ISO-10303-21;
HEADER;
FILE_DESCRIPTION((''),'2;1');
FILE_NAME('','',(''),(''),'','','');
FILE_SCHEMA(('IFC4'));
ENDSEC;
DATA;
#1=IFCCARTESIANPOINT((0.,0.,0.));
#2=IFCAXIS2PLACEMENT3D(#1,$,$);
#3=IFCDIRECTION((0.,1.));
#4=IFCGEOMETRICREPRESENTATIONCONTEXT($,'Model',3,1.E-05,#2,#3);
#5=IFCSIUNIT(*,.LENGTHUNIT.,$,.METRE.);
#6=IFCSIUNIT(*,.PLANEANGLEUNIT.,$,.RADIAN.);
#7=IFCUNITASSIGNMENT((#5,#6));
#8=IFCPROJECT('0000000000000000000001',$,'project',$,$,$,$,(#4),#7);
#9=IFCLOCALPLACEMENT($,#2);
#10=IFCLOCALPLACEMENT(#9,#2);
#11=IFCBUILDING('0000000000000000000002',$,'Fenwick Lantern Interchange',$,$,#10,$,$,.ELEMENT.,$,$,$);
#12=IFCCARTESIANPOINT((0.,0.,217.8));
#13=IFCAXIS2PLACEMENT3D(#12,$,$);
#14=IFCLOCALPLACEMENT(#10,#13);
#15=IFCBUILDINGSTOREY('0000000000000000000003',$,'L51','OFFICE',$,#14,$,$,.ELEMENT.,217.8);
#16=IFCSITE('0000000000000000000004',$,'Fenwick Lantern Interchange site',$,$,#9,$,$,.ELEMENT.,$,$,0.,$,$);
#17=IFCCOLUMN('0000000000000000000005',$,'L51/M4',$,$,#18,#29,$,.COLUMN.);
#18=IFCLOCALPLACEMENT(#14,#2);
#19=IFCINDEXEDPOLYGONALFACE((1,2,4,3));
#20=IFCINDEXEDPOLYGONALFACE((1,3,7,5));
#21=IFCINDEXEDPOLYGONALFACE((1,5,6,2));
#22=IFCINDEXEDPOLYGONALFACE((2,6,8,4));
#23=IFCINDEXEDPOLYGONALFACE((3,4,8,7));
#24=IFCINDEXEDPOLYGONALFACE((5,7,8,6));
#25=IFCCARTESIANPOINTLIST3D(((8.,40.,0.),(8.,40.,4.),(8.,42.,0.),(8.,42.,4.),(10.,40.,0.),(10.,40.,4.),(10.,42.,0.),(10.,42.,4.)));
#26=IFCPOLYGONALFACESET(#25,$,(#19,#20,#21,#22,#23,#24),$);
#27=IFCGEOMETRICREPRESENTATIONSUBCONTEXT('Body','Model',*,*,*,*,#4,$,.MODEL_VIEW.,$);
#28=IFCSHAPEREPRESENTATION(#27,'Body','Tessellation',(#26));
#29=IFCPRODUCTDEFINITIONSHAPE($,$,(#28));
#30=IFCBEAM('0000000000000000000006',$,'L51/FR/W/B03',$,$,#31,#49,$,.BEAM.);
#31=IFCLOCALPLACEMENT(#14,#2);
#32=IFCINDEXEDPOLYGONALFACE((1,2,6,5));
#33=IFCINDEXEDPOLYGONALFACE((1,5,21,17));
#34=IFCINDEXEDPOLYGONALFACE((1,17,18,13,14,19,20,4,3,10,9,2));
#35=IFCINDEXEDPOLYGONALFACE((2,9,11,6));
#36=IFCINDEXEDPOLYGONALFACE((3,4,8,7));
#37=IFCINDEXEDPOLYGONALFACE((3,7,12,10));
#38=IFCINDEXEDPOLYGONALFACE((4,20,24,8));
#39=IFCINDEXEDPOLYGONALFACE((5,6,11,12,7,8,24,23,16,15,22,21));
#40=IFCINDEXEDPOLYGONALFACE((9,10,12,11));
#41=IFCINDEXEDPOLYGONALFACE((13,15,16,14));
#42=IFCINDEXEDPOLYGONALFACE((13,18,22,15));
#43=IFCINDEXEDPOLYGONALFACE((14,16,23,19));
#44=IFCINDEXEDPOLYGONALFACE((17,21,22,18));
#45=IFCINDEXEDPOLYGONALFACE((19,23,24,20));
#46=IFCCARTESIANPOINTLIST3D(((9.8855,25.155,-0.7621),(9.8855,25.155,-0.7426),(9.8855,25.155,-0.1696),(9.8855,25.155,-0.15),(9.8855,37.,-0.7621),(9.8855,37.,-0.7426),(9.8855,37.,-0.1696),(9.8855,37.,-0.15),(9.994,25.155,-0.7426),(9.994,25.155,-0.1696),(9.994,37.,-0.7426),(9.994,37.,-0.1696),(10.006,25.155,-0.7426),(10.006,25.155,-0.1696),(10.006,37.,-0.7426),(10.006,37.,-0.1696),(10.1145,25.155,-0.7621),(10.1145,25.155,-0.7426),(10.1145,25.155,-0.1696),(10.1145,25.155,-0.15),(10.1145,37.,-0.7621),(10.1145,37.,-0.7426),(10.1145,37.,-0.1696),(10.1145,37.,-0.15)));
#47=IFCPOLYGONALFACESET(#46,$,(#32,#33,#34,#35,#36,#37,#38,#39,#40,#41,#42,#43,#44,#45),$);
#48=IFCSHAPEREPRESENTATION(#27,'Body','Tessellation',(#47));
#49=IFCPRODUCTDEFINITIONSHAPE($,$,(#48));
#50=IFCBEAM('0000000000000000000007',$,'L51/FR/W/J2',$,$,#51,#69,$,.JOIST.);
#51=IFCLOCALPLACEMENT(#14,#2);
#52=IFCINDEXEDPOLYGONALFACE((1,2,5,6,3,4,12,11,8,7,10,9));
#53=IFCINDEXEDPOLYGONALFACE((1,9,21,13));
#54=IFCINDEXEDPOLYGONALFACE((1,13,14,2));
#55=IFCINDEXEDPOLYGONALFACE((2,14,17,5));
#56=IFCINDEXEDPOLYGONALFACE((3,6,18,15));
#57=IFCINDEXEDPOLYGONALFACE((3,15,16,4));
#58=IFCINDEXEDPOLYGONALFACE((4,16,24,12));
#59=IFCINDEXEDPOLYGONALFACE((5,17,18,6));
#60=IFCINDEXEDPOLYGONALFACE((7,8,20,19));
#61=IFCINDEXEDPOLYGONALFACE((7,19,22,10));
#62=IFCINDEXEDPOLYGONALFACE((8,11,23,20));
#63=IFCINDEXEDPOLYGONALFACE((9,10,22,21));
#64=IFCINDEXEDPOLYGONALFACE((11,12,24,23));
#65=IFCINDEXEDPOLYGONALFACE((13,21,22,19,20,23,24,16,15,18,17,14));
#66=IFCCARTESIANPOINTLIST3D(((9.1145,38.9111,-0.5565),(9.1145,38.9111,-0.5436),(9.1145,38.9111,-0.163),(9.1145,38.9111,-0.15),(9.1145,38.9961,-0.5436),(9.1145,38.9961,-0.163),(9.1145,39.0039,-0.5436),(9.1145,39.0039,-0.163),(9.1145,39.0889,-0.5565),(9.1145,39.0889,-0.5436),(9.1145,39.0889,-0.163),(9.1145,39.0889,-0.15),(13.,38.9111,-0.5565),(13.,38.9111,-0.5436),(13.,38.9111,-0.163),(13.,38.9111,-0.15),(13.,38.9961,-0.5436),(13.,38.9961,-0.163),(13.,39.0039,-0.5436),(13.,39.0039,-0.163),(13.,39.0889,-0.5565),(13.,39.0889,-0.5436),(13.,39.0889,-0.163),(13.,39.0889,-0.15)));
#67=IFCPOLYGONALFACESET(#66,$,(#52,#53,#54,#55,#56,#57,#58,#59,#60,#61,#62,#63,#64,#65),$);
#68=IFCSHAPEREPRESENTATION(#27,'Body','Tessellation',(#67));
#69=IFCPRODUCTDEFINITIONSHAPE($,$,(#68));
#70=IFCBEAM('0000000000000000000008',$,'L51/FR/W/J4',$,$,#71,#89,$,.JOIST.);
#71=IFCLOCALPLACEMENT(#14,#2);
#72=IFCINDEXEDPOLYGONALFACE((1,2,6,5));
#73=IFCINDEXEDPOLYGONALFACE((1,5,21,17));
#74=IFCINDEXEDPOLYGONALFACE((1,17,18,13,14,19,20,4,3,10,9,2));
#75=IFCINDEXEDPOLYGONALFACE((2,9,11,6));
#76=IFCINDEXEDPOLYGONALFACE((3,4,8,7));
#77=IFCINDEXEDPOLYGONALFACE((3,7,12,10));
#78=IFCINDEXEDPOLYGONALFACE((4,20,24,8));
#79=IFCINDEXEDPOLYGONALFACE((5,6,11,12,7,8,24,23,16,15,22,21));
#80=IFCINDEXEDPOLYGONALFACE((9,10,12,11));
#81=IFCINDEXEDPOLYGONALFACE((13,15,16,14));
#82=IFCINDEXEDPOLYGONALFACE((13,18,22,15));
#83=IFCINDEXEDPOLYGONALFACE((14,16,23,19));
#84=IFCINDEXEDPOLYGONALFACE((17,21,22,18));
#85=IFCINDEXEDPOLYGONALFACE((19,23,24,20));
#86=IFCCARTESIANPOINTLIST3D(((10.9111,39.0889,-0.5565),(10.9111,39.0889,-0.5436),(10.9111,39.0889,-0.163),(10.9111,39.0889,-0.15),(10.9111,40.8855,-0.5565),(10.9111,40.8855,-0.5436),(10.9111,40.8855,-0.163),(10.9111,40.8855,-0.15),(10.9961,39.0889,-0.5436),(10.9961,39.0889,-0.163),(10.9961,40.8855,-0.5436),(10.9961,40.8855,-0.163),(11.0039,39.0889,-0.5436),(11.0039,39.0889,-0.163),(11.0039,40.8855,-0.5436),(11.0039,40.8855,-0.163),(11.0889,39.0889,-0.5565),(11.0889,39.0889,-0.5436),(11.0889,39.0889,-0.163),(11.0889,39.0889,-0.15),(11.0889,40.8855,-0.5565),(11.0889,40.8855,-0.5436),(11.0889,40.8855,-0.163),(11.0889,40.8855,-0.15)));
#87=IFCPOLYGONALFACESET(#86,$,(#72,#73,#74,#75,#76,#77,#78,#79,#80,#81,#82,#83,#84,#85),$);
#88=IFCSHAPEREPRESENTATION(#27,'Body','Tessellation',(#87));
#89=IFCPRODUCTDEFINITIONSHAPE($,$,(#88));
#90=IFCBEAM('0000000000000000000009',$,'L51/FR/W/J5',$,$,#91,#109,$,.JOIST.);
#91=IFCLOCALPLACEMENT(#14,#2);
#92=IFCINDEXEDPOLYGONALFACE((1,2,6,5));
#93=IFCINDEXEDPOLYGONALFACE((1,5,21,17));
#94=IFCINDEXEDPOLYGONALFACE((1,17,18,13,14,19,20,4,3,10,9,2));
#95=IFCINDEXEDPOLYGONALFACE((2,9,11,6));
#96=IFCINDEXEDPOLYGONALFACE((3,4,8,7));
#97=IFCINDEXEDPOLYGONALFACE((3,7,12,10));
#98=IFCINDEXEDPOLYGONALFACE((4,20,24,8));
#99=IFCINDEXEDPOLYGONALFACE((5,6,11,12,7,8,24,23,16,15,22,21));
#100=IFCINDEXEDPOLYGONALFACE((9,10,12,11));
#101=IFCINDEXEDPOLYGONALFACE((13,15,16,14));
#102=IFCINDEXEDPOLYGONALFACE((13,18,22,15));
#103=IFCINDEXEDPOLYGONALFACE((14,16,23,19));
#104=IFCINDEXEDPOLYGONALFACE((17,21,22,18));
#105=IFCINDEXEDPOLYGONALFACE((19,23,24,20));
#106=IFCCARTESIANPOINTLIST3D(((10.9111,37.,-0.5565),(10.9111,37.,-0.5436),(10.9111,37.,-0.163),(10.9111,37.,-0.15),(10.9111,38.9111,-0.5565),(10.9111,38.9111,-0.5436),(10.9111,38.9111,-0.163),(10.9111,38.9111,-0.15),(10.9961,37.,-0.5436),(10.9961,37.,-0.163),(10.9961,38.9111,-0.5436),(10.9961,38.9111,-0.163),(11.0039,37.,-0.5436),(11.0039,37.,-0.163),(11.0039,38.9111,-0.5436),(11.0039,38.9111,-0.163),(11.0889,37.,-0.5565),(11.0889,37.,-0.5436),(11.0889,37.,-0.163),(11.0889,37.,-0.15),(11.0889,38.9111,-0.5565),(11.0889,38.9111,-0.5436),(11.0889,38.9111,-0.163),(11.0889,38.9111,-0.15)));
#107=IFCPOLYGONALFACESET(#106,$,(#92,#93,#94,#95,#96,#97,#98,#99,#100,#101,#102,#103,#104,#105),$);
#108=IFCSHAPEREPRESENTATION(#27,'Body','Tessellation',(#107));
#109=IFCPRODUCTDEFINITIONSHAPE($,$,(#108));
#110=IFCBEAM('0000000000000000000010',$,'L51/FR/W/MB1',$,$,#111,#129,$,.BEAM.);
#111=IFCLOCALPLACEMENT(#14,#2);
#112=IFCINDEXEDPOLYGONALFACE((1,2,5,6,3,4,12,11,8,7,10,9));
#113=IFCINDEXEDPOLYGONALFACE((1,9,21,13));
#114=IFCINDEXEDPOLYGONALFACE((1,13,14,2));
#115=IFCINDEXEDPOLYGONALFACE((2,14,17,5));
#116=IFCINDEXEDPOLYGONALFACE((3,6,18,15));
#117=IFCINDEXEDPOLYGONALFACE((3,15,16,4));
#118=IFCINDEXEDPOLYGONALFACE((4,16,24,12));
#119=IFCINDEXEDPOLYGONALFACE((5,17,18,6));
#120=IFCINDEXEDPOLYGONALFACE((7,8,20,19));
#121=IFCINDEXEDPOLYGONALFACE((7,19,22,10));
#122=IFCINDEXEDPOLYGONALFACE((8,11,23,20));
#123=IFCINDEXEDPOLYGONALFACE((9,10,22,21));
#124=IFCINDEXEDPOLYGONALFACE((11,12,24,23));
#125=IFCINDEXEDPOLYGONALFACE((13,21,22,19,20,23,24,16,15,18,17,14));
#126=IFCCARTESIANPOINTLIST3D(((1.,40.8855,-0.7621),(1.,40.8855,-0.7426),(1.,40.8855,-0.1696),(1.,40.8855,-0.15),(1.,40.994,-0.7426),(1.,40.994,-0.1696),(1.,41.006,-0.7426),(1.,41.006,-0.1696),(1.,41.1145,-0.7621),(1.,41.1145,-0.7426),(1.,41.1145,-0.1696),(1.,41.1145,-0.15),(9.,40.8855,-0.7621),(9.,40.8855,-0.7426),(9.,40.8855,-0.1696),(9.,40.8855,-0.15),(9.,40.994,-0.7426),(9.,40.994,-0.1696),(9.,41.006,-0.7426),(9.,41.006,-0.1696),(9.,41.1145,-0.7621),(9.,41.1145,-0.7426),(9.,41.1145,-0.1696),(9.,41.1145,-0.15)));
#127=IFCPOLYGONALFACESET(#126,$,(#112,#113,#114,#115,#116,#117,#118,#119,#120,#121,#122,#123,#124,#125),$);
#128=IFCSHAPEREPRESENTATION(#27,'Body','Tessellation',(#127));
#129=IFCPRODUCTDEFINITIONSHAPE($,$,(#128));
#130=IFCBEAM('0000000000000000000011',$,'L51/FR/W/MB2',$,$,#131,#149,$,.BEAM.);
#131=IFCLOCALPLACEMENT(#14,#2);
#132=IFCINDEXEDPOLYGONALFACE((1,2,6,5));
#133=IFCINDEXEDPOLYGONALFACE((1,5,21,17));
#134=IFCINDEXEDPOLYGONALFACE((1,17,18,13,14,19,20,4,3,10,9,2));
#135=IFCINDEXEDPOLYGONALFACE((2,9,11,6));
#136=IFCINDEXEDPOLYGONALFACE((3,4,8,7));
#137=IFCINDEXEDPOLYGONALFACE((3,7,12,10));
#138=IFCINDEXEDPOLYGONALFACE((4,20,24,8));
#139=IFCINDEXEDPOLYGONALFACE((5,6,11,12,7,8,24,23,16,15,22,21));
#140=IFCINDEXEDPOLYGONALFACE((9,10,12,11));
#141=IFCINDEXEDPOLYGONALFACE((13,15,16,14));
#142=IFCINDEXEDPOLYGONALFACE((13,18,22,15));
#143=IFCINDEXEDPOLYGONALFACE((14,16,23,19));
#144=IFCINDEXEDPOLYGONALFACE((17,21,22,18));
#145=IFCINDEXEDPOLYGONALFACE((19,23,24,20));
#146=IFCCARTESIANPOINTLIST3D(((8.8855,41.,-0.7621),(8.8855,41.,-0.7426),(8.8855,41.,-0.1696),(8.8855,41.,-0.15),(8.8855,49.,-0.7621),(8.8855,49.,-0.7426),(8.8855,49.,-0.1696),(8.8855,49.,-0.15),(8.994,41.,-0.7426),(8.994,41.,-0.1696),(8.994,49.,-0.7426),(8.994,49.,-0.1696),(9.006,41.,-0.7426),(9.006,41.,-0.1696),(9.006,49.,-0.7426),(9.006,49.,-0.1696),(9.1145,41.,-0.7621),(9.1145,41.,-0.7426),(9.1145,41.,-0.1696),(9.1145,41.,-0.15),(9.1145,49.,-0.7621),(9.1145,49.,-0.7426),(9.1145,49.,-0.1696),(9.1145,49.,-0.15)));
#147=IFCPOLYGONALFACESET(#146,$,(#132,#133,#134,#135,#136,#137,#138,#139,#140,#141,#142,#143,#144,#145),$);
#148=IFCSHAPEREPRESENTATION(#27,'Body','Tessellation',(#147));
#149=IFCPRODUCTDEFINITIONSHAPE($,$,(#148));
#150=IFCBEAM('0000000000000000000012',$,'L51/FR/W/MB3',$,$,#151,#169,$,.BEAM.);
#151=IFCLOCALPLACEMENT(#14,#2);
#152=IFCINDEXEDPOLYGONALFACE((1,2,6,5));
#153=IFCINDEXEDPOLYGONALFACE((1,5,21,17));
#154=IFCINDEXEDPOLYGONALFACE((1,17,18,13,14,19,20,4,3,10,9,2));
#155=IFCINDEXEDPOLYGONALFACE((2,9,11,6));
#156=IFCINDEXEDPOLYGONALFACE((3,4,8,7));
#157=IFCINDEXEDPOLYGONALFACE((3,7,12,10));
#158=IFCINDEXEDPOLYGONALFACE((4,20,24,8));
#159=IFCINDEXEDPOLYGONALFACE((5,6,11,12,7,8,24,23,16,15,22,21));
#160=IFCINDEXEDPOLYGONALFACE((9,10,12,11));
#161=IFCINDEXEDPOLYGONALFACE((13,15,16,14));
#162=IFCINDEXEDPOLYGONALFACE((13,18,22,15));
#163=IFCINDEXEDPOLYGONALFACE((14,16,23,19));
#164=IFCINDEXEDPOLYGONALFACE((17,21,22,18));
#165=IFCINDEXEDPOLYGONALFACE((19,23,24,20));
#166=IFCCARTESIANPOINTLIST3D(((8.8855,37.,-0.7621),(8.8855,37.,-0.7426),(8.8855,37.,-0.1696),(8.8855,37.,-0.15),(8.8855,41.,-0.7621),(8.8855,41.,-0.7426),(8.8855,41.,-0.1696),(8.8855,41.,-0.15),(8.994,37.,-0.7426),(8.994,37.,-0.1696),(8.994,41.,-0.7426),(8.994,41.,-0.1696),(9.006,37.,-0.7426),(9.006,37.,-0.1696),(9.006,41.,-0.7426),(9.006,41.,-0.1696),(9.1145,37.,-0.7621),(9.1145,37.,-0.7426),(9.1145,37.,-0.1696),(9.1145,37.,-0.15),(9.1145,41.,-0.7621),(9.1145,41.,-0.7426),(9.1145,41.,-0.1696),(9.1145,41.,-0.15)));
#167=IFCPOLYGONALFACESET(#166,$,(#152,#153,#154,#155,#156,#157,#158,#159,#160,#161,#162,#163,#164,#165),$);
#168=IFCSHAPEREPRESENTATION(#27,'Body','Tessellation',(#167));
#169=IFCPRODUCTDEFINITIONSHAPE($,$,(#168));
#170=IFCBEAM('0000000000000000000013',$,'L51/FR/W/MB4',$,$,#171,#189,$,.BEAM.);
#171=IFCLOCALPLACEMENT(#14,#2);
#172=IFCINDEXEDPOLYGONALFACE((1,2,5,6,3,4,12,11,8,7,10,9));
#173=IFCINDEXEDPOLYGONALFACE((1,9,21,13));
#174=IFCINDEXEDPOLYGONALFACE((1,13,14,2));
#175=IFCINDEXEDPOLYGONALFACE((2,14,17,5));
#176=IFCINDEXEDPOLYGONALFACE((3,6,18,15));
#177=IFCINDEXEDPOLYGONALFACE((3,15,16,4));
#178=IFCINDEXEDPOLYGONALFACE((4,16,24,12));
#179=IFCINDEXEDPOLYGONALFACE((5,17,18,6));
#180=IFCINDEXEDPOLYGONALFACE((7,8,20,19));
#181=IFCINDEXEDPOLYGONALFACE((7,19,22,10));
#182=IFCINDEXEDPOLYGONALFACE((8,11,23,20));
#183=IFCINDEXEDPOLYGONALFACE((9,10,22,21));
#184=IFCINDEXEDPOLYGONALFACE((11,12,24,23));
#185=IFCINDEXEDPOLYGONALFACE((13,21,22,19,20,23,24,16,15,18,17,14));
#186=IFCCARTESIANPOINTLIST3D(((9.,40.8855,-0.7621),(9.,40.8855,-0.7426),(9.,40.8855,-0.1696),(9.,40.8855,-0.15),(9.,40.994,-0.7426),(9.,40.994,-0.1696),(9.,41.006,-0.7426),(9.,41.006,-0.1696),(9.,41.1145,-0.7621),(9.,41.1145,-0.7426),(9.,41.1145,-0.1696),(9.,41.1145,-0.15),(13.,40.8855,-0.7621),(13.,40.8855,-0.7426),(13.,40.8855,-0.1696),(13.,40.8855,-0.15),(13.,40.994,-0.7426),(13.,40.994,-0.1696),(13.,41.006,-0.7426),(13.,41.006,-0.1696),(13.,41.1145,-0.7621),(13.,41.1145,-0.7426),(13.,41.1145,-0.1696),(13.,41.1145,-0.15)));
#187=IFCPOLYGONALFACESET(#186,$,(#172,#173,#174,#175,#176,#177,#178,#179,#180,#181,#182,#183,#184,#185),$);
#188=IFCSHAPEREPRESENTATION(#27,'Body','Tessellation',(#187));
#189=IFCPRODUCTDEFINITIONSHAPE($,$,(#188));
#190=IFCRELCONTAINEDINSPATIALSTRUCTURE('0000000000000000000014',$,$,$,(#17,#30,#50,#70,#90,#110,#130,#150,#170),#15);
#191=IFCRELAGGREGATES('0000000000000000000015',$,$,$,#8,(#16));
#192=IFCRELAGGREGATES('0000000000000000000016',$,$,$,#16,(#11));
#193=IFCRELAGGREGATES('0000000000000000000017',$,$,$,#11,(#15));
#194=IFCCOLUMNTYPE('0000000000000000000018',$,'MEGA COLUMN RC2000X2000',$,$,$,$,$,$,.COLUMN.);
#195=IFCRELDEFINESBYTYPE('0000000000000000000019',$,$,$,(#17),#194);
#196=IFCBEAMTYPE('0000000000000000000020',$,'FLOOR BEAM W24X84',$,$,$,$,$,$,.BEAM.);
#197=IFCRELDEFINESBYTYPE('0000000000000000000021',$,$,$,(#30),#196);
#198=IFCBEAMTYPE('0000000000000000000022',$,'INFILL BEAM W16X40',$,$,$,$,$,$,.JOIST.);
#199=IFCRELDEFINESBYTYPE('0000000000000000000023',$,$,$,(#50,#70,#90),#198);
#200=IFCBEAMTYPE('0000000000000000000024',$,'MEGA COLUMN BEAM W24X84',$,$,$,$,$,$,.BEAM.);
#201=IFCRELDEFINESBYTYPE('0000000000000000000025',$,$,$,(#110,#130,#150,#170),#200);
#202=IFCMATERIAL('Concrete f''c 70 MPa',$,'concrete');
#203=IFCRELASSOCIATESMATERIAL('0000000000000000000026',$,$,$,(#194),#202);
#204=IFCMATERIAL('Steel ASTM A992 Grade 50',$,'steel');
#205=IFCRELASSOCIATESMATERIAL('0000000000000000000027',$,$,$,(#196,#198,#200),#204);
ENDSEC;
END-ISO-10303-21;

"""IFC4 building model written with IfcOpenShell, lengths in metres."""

from ifc_helpers import new_model, si_unit, direction, frame, origin, origin_2d, place, context, subcontext, project, spatial, rectangle, i_section, extrude, material, material_profile, profile_set, type_object, element, save


model = new_model("IFC4")

# Units and contexts
model_context = context("Model", 3, precision=1e-05, world=origin(), true_north=direction((0.0, 1.0)))
body_context = subcontext(model_context, "Body", "Model", "MODEL_VIEW")
ifc_project = project(units=[si_unit("LENGTHUNIT", "METRE"), si_unit("PLANEANGLEUNIT", "RADIAN")], contexts=[model_context])

# Site, building, storey
site_placement = place(None, origin())
site = spatial("IfcSite", under=ifc_project, at=site_placement, Name="Fenwick Lantern Interchange site", CompositionType="ELEMENT", RefElevation=0.0)
building_placement = place(site_placement, origin())
building = spatial("IfcBuilding", under=site, at=building_placement, Name="Fenwick Lantern Interchange", CompositionType="ELEMENT")
storey_placement = place(building_placement, frame((0.0, 0.0, 217.8)))
storey = spatial("IfcBuildingStorey", under=building, at=storey_placement, Name="L51", Description="OFFICE", CompositionType="ELEMENT", Elevation=217.8)

# Column
ifc_material_1 = material(Name="Concrete f'c 70 MPa", Category="concrete")
ifc_material_profile_1 = material_profile(ifc_material_1, rectangle(XDim=2.0, YDim=2.0, at=origin_2d()), Name="RC2000X2000")
ifc_profile_set_1 = profile_set([ifc_material_profile_1], Name="Concrete f'c 70 MPa")
column_type = type_object("IfcColumnType", Name="MEGA COLUMN RC2000X2000", PredefinedType="COLUMN", material=ifc_profile_set_1)
column_placement = place(storey_placement, frame((9.0, 41.0, 0.0), z_axis=(0.0, 0.0, 1.0), x_axis=(1.0, 0.0, 0.0)))
element("IfcColumn", 1, at=column_placement, inside=storey, type_object=column_type, Name="L51/M4", PredefinedType="COLUMN", context=body_context, shape_type="SweptSolid", body=[
    extrude(rectangle(XDim=2.0, YDim=2.0, at=origin_2d()), origin(), (0.0, 0.0, 1.0), 4.0),
])

# Beams
ifc_material_2 = material(Name="Steel ASTM A992 Grade 50", Category="steel")
ifc_material_profile_2 = material_profile(ifc_material_2, i_section(OverallWidth=0.229, OverallDepth=0.6121, WebThickness=0.012, FlangeThickness=0.0195, at=origin_2d()), Name="W24X84")
ifc_profile_set_2 = profile_set([ifc_material_profile_2], Name="Steel ASTM A992 Grade 50")
beam_type_1 = type_object("IfcBeamType", Name="FLOOR BEAM W24X84", PredefinedType="BEAM", material=ifc_profile_set_2)
beam_1_placement = place(storey_placement, frame((10.0, 37.0, -0.4561), z_axis=(0.0, -1.0, 0.0), x_axis=(1.0, 0.0, 0.0)))
element("IfcBeam", 2, at=beam_1_placement, inside=storey, type_object=beam_type_1, Name="L51/FR/W/B03", PredefinedType="BEAM", context=body_context, shape_type="SweptSolid", body=[
    extrude(i_section(OverallWidth=0.229, OverallDepth=0.6121, WebThickness=0.012, FlangeThickness=0.0195, at=origin_2d()), origin(), (0.0, 0.0, 1.0), 11.845),
])
ifc_material_profile_3 = material_profile(ifc_material_2, i_section(OverallWidth=0.1777, OverallDepth=0.4065, WebThickness=0.0078, FlangeThickness=0.0129, at=origin_2d()), Name="W16X40")
ifc_profile_set_3 = profile_set([ifc_material_profile_3], Name="Steel ASTM A992 Grade 50")
beam_type_2 = type_object("IfcBeamType", Name="INFILL BEAM W16X40", PredefinedType="JOIST", material=ifc_profile_set_3)
beam_2_placement = place(storey_placement, frame((9.1145, 39.0, -0.3533), z_axis=(1.0, 0.0, 0.0), x_axis=(0.0, 1.0, 0.0)))
element("IfcBeam", 3, at=beam_2_placement, inside=storey, type_object=beam_type_2, Name="L51/FR/W/J2", PredefinedType="JOIST", context=body_context, shape_type="SweptSolid", body=[
    extrude(i_section(OverallWidth=0.1777, OverallDepth=0.4065, WebThickness=0.0078, FlangeThickness=0.0129, at=origin_2d()), origin(), (0.0, 0.0, 1.0), 3.8855),
])
beam_3_placement = place(storey_placement, frame((11.0, 40.8855, -0.3533), z_axis=(0.0, -1.0, 0.0), x_axis=(1.0, 0.0, 0.0)))
element("IfcBeam", 4, at=beam_3_placement, inside=storey, type_object=beam_type_2, Name="L51/FR/W/J4", PredefinedType="JOIST", context=body_context, shape_type="SweptSolid", body=[
    extrude(i_section(OverallWidth=0.1777, OverallDepth=0.4065, WebThickness=0.0078, FlangeThickness=0.0129, at=origin_2d()), origin(), (0.0, 0.0, 1.0), 1.7966),
])
beam_4_placement = place(storey_placement, frame((11.0, 38.9111, -0.3533), z_axis=(0.0, -1.0, 0.0), x_axis=(1.0, 0.0, 0.0)))
element("IfcBeam", 5, at=beam_4_placement, inside=storey, type_object=beam_type_2, Name="L51/FR/W/J5", PredefinedType="JOIST", context=body_context, shape_type="SweptSolid", body=[
    extrude(i_section(OverallWidth=0.1777, OverallDepth=0.4065, WebThickness=0.0078, FlangeThickness=0.0129, at=origin_2d()), origin(), (0.0, 0.0, 1.0), 1.9111),
])
ifc_material_profile_4 = material_profile(ifc_material_2, i_section(OverallWidth=0.229, OverallDepth=0.6121, WebThickness=0.012, FlangeThickness=0.0195, at=origin_2d()), Name="W24X84")
ifc_profile_set_4 = profile_set([ifc_material_profile_4], Name="Steel ASTM A992 Grade 50")
beam_type_3 = type_object("IfcBeamType", Name="MEGA COLUMN BEAM W24X84", PredefinedType="BEAM", material=ifc_profile_set_4)
for number, where, z_axis, x_axis, name in (
    (6, (9.0, 41.0, -0.4561), (-1.0, 0.0, 0.0), (0.0, -1.0, 0.0), "L51/FR/W/MB1"),
    (7, (9.0, 41.0, -0.4561), (0.0, 1.0, 0.0), (-1.0, 0.0, 0.0), "L51/FR/W/MB2"),
):
    element("IfcBeam", number, at=place(storey_placement, frame(where, z_axis=z_axis, x_axis=x_axis)), inside=storey, type_object=beam_type_3, Name=name, PredefinedType="BEAM", context=body_context, shape_type="SweptSolid", body=[
        extrude(i_section(OverallWidth=0.229, OverallDepth=0.6121, WebThickness=0.012, FlangeThickness=0.0195, at=origin_2d()), origin(), (0.0, 0.0, 1.0), 8.0),
    ])
for number, where, z_axis, x_axis, name in (
    (8, (9.0, 41.0, -0.4561), (0.0, -1.0, 0.0), (1.0, 0.0, 0.0), "L51/FR/W/MB3"),
    (9, (9.0, 41.0, -0.4561), (1.0, 0.0, 0.0), (0.0, 1.0, 0.0), "L51/FR/W/MB4"),
):
    element("IfcBeam", number, at=place(storey_placement, frame(where, z_axis=z_axis, x_axis=x_axis)), inside=storey, type_object=beam_type_3, Name=name, PredefinedType="BEAM", context=body_context, shape_type="SweptSolid", body=[
        extrude(i_section(OverallWidth=0.229, OverallDepth=0.6121, WebThickness=0.012, FlangeThickness=0.0195, at=origin_2d()), origin(), (0.0, 0.0, 1.0), 4.0),
    ])

save(model, "model.ifc")
